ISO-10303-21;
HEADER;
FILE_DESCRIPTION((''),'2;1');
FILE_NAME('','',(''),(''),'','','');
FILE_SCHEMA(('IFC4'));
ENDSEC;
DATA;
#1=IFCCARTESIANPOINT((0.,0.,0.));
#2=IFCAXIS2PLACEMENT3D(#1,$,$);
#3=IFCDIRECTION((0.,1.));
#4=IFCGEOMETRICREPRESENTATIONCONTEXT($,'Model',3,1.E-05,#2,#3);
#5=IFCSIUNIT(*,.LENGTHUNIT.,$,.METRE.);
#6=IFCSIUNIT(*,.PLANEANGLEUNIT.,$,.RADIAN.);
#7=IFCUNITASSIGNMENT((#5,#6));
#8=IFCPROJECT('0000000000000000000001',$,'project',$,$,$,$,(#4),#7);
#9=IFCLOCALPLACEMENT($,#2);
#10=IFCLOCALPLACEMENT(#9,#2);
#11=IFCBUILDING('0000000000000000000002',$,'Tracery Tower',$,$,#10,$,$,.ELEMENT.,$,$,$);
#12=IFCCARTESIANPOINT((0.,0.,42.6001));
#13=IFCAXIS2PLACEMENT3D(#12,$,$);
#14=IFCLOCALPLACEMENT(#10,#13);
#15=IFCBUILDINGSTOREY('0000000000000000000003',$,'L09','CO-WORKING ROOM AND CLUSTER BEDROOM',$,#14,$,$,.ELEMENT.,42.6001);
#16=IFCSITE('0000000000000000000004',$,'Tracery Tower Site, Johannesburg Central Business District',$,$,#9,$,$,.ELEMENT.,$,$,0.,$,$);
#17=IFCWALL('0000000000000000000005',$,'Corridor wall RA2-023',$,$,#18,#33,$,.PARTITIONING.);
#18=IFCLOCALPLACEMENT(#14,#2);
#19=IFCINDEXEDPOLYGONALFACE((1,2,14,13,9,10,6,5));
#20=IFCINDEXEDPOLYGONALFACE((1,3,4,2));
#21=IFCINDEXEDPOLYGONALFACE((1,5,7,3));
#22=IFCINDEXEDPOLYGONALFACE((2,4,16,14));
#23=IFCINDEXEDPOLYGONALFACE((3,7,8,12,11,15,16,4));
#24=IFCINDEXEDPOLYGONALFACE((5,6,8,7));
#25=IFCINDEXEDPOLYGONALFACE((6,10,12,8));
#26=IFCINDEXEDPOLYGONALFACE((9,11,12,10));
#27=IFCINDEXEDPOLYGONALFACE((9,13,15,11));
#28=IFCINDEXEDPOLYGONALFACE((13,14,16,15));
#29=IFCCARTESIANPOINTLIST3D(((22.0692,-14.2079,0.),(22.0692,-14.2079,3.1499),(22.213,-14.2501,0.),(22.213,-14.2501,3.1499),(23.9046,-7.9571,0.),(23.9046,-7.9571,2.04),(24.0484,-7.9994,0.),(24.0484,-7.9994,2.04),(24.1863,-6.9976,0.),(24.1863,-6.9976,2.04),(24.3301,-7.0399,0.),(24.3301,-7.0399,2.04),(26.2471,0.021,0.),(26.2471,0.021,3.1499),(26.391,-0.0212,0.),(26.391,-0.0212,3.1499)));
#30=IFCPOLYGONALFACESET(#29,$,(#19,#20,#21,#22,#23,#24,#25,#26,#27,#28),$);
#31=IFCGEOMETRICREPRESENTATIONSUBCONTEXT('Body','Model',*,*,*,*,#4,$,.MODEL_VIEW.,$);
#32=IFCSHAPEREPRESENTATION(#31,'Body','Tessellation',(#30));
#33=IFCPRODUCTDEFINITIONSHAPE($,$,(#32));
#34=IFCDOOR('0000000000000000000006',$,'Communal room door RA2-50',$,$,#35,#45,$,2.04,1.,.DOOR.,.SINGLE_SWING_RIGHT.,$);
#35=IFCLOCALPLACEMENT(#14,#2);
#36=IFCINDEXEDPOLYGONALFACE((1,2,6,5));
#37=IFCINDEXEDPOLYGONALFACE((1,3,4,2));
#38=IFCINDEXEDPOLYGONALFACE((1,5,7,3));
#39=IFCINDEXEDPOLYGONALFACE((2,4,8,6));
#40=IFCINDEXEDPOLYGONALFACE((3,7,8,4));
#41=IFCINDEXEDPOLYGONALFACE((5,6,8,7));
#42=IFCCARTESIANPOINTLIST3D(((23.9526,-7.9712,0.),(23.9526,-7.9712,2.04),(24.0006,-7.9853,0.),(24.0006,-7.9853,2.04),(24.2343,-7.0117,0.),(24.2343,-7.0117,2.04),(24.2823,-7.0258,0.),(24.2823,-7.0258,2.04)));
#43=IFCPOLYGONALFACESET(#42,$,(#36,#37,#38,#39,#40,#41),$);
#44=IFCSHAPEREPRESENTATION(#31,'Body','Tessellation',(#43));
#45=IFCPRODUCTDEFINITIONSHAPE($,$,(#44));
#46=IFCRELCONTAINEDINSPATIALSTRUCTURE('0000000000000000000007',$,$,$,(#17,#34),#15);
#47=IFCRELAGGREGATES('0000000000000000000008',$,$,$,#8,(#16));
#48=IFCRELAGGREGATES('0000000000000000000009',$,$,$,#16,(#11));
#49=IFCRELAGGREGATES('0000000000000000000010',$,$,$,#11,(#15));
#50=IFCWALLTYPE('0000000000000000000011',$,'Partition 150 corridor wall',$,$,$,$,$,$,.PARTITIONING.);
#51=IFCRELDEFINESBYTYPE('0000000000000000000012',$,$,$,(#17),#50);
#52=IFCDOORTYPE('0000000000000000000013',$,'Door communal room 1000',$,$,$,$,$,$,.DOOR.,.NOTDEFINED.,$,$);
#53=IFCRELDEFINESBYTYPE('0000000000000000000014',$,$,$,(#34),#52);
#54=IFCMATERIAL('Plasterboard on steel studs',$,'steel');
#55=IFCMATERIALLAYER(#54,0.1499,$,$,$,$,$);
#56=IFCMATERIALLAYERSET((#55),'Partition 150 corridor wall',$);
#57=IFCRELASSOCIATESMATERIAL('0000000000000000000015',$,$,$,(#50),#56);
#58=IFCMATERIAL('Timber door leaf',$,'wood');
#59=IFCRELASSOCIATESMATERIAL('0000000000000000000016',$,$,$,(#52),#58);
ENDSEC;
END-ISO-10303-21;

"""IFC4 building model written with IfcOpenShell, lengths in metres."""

from ifc_helpers import new_model, si_unit, direction, frame, frame_2d, origin, place, context, subcontext, project, spatial, rectangle, extrude, material, layer, layer_set, type_object, element, fill, save


model = new_model("IFC4")

# Units and contexts
model_context = context("Model", 3, precision=1e-05, world=origin(), true_north=direction((0.0, 1.0)))
body_context = subcontext(model_context, "Body", "Model", "MODEL_VIEW")
ifc_project = project(units=[si_unit("LENGTHUNIT", "METRE"), si_unit("PLANEANGLEUNIT", "RADIAN")], contexts=[model_context])

# Site, building, storey
site_placement = place(None, origin())
site = spatial("IfcSite", under=ifc_project, at=site_placement, Name="Tracery Tower Site, Johannesburg Central Business District", CompositionType="ELEMENT", RefElevation=0.0)
building_placement = place(site_placement, origin())
building = spatial("IfcBuilding", under=site, at=building_placement, Name="Tracery Tower", CompositionType="ELEMENT")
storey_placement = place(building_placement, frame((0.0, 0.0, 42.6001)))
storey = spatial("IfcBuildingStorey", under=building, at=storey_placement, Name="L09", Description="CO-WORKING ROOM AND CLUSTER BEDROOM", CompositionType="ELEMENT", Elevation=42.6001)

# Shared definitions
ifc_material_1 = material(Name="Plasterboard on steel studs", Category="steel")
ifc_layer_1 = layer(ifc_material_1, 0.1499)
ifc_layer_set_1 = layer_set([ifc_layer_1], Name="Partition 150 corridor wall")
wall_type_1 = type_object("IfcWallType", Name="Partition 150 corridor wall", PredefinedType="PARTITIONING", material=ifc_layer_set_1)

# Wall, opening, door
wall_1_placement = place(storey_placement, frame((22.1411, -14.229, 0.0), z_axis=(0.0, 0.0, 1.0), x_axis=(0.28173, 0.959494, 0.0)))
wall_1 = element("IfcWall", 1, at=wall_1_placement, inside=storey, type_object=wall_type_1, Name="Corridor wall RA2-023", PredefinedType="PARTITIONING", context=body_context, shape_type="SweptSolid", body=[
    extrude(rectangle(XDim=14.8296, YDim=0.1499, at=frame_2d((7.4148, 0.0))), origin(), (0.0, 0.0, 1.0), 3.1499),
])
opening_1_placement = place(wall_1_placement, frame((6.5146, 0.0, 0.0)))
opening_1 = element("IfcOpeningElement", 2, at=opening_1_placement, cuts=wall_1, PredefinedType="OPENING", context=body_context, shape_type="SweptSolid", body=[
    extrude(rectangle(XDim=1.0, YDim=2.04, at=frame_2d((0.5, 1.02))), frame((0.0, 0.075, 0.0), z_axis=(0.0, -1.0, 0.0), x_axis=(1.0, 0.0, 0.0)), (0.0, 0.0, 1.0), 0.1499),
])
ifc_material_2 = material(Name="Timber door leaf", Category="wood")
door_type = type_object("IfcDoorType", Name="Door communal room 1000", OperationType="NOTDEFINED", PredefinedType="DOOR", material=ifc_material_2)
door_placement = place(opening_1_placement, origin())
door = element("IfcDoor", 3, at=door_placement, inside=storey, type_object=door_type, Name="Communal room door RA2-50", OperationType="SINGLE_SWING_RIGHT", OverallHeight=2.04, OverallWidth=1.0, PredefinedType="DOOR", context=body_context, shape_type="SweptSolid", body=[
    extrude(rectangle(XDim=1.0, YDim=2.04, at=frame_2d((0.5, 1.02))), frame((0.0, 0.0249, 0.0), z_axis=(0.0, -1.0, 0.0), x_axis=(1.0, 0.0, 0.0)), (0.0, 0.0, 1.0), 0.05),
])
fill(opening_1, door)

save(model, "model.ifc")
